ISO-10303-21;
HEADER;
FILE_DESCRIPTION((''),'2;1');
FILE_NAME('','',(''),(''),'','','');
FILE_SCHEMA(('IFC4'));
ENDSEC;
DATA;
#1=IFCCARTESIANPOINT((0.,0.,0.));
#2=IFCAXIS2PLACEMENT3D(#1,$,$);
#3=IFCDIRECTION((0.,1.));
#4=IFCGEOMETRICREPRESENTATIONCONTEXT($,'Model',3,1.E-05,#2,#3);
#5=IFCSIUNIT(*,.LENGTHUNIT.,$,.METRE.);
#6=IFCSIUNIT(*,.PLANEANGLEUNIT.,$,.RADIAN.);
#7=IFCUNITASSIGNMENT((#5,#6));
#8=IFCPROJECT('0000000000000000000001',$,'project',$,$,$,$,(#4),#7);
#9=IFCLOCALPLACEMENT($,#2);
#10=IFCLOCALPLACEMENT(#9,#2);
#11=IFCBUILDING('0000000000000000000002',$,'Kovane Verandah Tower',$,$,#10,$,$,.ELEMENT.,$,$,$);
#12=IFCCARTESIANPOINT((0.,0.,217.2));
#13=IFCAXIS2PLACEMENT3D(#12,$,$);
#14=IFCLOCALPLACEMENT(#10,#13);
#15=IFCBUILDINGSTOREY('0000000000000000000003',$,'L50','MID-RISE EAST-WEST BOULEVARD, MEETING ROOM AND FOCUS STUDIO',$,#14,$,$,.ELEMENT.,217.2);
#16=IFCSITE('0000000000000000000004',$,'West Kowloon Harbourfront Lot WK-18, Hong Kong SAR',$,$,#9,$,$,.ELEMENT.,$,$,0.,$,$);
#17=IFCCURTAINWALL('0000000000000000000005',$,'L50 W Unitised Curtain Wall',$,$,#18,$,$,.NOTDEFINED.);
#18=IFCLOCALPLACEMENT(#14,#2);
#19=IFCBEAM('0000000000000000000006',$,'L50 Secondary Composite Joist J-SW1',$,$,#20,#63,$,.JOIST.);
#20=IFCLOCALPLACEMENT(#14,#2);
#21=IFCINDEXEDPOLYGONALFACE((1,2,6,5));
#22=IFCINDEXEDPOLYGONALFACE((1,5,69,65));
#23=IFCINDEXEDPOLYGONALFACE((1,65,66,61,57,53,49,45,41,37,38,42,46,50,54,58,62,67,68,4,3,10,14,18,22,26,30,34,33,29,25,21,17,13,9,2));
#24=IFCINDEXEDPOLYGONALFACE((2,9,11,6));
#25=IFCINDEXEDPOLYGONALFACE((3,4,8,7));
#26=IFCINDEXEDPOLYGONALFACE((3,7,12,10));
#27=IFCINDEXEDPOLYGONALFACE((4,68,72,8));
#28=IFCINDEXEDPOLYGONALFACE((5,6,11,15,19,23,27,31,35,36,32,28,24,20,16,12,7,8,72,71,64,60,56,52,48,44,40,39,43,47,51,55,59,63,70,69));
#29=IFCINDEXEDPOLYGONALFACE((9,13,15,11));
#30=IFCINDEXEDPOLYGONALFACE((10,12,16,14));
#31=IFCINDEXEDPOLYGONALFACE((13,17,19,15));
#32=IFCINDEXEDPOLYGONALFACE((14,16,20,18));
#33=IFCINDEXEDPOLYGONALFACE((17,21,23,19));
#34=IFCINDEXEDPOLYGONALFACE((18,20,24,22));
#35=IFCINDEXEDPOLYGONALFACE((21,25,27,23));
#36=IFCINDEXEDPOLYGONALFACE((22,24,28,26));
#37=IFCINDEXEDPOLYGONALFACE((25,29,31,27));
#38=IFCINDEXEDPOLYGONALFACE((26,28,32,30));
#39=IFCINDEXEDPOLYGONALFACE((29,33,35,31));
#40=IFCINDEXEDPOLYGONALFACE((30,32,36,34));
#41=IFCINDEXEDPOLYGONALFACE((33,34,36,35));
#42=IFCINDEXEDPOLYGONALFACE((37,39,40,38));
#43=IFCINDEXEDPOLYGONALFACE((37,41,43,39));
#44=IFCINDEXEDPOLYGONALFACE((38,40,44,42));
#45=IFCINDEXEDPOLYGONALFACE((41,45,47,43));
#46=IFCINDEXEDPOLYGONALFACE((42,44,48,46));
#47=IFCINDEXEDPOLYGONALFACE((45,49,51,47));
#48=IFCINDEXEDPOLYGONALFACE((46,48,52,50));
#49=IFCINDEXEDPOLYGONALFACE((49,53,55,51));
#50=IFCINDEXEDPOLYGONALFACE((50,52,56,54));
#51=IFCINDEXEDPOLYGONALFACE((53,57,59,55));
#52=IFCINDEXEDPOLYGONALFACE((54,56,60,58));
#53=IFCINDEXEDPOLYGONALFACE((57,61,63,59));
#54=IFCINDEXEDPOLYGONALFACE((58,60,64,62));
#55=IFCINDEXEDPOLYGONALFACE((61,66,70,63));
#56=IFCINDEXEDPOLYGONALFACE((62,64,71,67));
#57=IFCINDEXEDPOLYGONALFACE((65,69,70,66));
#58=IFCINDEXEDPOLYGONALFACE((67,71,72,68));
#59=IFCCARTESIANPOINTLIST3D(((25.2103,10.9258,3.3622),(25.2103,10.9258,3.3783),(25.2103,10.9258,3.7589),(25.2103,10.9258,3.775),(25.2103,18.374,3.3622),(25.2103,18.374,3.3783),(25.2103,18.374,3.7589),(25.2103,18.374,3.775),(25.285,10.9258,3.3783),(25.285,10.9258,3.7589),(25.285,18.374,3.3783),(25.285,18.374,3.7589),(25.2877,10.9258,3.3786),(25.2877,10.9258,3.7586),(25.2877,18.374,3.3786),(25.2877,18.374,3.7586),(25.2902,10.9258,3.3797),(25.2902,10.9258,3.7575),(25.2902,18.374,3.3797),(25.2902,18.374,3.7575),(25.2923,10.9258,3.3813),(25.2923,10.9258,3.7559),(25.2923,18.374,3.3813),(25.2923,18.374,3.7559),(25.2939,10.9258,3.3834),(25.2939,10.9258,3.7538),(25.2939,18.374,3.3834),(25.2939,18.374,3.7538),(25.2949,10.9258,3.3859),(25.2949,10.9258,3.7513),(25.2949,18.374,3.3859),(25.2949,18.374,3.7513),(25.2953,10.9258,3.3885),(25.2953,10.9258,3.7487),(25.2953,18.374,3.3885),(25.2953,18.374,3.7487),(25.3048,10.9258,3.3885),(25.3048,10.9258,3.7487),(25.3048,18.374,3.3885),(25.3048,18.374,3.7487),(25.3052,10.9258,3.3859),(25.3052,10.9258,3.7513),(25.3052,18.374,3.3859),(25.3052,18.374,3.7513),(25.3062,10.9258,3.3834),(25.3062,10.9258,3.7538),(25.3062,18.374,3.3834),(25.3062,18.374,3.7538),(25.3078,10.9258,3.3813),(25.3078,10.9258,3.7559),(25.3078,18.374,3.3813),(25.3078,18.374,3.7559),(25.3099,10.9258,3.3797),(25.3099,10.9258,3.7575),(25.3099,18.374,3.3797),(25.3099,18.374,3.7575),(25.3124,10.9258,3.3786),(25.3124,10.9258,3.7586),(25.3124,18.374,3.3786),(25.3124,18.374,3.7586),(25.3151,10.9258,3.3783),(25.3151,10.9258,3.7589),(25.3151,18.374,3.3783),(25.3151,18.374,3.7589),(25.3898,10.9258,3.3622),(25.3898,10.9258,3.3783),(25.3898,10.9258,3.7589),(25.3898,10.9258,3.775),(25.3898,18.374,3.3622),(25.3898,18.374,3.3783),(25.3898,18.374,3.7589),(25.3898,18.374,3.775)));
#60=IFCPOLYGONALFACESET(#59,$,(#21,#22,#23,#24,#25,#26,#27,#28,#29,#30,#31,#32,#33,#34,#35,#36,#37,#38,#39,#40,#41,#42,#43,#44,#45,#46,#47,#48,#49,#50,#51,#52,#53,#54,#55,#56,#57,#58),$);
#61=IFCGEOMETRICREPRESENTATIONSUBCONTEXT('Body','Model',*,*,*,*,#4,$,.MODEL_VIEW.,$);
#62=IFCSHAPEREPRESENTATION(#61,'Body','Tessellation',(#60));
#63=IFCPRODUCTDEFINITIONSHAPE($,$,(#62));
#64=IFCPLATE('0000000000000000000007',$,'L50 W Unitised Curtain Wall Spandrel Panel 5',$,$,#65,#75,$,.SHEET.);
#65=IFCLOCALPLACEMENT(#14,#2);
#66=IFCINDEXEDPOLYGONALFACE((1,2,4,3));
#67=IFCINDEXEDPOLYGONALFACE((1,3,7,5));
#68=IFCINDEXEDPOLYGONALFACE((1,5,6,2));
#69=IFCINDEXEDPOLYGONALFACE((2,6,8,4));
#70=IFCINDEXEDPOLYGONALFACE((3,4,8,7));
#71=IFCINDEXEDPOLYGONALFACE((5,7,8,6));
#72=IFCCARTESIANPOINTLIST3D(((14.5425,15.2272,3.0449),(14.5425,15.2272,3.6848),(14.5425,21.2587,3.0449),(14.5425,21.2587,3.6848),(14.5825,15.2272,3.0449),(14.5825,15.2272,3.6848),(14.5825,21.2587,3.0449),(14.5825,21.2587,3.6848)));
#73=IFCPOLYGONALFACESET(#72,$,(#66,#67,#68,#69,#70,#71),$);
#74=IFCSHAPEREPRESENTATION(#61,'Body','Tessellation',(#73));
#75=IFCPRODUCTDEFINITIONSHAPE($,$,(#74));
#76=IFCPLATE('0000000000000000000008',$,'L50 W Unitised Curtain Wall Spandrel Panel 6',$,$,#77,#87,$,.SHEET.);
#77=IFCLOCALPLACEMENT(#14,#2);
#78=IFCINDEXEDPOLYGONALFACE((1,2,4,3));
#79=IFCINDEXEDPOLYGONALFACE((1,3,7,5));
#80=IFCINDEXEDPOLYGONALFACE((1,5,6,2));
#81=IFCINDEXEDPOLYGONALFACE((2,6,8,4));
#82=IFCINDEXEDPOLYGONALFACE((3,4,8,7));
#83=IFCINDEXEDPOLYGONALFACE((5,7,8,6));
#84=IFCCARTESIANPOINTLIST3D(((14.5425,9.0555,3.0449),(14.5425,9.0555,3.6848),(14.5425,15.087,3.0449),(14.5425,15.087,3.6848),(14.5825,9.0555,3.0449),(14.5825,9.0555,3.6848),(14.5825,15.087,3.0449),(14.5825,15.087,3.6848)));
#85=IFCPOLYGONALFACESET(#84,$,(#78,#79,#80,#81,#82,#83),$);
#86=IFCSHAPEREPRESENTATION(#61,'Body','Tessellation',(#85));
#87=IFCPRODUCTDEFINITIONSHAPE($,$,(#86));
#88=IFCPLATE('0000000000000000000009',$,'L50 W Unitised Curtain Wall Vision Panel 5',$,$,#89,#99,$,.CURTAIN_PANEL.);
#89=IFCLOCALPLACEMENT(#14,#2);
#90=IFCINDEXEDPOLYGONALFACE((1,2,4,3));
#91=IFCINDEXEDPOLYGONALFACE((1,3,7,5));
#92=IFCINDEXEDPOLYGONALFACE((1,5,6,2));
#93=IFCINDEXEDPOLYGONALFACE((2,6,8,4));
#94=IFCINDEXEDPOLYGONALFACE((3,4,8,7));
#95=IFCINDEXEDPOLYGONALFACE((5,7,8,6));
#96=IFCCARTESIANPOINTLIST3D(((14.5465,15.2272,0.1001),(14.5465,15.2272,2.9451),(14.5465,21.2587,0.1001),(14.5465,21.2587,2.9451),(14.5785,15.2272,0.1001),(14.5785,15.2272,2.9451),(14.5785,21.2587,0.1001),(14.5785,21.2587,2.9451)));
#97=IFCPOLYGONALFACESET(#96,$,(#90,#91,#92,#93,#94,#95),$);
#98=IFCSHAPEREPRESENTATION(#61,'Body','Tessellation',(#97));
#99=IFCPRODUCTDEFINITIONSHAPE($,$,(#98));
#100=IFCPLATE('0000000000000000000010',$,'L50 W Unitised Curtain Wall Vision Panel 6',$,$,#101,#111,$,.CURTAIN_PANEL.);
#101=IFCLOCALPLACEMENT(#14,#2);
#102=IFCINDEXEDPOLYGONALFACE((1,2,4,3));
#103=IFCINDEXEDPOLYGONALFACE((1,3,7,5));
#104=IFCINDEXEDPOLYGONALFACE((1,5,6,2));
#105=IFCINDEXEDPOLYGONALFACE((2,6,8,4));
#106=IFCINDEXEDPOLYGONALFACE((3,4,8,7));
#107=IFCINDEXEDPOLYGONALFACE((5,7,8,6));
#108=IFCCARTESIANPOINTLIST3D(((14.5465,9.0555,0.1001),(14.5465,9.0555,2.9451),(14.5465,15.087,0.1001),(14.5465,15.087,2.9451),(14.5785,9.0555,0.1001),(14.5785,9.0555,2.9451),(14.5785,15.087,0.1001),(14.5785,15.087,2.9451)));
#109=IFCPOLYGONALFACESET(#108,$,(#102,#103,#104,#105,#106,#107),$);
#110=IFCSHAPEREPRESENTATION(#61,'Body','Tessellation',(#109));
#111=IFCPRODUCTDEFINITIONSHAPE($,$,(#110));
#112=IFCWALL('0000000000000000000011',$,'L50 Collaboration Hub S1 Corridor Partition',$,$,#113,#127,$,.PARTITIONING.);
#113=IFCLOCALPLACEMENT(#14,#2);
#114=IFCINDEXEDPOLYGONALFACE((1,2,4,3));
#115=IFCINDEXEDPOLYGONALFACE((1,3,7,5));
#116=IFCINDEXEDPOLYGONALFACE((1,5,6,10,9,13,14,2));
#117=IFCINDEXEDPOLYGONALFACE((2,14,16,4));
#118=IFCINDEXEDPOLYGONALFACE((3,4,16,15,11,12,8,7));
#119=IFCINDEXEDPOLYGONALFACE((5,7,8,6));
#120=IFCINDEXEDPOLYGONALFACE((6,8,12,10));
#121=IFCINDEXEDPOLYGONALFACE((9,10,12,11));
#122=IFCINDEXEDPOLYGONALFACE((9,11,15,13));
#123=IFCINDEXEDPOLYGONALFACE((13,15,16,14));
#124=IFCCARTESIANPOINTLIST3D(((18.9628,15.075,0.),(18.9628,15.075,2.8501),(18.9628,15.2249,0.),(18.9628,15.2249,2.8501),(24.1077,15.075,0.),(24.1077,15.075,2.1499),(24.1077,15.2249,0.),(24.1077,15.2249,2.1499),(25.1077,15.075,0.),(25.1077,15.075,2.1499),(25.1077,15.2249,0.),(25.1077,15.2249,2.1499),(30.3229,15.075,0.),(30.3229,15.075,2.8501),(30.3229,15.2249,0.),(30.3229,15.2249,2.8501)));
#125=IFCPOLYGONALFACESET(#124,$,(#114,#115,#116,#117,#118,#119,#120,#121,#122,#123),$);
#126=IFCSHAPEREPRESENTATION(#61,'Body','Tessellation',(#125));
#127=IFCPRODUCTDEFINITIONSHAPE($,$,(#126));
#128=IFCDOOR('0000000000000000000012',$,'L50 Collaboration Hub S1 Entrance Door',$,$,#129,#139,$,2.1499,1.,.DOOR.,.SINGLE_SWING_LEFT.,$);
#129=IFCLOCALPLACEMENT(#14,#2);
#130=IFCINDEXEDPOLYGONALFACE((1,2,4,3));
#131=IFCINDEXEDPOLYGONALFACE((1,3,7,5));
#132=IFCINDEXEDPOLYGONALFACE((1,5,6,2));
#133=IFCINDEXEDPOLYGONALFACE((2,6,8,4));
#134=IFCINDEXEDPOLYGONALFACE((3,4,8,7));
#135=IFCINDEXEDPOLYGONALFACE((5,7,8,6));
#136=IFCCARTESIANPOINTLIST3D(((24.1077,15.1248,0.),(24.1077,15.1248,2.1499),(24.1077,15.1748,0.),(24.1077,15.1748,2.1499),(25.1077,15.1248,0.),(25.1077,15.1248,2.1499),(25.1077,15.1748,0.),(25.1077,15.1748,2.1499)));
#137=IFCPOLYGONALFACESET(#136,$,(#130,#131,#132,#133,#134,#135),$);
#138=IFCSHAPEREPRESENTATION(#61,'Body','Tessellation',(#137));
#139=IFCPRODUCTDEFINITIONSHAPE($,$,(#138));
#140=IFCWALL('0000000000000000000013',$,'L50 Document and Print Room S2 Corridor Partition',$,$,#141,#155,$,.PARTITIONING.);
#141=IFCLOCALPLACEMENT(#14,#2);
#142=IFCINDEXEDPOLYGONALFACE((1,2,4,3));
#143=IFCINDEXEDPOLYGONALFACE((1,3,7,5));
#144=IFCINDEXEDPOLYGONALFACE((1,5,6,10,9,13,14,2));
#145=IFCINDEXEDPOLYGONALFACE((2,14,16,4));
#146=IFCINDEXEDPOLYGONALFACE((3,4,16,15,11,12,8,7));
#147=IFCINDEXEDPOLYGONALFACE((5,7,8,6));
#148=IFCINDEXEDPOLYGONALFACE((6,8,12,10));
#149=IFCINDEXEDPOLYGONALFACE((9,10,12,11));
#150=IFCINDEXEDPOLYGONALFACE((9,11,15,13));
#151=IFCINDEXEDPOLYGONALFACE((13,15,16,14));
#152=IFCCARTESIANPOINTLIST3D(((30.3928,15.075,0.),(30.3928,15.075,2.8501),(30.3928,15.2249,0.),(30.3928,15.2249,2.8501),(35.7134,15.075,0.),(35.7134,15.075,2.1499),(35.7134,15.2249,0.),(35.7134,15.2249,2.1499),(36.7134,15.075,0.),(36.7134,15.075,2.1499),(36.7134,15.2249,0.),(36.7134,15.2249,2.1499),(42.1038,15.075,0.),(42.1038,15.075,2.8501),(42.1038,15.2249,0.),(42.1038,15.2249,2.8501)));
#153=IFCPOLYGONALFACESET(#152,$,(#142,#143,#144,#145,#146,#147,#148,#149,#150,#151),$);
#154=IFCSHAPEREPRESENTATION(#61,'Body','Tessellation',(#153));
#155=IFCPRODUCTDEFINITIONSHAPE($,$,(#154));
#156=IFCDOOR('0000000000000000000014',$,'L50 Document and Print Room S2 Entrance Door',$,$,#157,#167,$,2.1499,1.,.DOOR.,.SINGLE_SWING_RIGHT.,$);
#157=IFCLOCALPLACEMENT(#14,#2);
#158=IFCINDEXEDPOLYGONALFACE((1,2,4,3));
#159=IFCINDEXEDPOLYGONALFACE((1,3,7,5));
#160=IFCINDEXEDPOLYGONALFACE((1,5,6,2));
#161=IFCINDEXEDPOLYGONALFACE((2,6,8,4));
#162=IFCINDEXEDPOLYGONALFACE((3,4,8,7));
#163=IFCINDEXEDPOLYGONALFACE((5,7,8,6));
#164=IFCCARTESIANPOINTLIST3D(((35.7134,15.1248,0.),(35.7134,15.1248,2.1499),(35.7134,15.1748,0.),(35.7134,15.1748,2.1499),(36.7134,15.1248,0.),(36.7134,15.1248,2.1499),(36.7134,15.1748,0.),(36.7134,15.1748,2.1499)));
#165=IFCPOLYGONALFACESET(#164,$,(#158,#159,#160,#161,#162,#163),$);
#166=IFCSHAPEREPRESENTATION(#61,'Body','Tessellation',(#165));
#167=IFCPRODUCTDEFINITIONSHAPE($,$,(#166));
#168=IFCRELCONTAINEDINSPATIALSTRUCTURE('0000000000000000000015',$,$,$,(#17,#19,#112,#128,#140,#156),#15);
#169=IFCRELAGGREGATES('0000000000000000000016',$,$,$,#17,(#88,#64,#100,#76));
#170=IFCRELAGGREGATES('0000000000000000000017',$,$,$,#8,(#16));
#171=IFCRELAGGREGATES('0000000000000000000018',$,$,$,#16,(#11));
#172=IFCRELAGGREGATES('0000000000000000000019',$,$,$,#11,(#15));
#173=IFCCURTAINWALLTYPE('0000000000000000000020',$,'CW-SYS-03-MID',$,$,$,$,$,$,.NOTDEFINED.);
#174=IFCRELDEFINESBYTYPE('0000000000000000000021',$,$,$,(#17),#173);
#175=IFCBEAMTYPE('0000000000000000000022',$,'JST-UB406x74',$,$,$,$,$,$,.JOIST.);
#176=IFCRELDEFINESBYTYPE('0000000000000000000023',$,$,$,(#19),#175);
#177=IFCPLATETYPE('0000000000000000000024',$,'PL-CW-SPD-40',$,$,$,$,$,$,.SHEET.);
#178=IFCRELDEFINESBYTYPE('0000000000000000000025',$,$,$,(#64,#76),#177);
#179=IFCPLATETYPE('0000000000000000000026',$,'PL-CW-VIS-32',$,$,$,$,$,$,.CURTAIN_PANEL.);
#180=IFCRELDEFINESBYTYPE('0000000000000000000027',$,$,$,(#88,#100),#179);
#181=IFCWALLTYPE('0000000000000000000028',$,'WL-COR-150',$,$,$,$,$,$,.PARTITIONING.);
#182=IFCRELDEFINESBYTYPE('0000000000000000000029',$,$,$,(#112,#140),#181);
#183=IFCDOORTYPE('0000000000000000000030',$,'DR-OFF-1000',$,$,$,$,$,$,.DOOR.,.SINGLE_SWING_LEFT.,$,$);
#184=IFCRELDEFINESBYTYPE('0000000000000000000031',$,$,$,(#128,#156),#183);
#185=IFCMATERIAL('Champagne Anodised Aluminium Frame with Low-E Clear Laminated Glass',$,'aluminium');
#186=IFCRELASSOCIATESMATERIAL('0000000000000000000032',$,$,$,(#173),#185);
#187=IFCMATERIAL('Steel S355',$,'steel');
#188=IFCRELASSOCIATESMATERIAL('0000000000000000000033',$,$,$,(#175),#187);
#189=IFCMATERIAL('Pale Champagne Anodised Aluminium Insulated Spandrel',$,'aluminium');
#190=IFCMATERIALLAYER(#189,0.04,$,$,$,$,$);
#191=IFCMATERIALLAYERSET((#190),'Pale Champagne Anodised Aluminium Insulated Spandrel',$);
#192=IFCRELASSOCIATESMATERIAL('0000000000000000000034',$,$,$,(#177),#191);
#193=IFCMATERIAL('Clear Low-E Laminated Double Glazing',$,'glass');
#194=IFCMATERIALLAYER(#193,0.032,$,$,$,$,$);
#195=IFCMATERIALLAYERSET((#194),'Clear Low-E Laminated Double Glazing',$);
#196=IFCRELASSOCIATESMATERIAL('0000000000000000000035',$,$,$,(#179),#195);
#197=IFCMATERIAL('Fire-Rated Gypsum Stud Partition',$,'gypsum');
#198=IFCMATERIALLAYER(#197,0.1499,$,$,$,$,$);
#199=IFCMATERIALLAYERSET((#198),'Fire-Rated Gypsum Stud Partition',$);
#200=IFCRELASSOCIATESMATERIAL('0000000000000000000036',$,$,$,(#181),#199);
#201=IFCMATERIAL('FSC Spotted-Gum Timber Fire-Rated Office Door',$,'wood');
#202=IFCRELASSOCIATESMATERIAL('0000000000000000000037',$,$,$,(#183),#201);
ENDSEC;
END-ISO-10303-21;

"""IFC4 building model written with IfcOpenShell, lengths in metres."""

from ifc_helpers import new_model, si_unit, direction, frame, frame_2d, origin, origin_2d, place, context, subcontext, project, spatial, rectangle, i_section, extrude, material, layer, layer_set, material_profile, profile_set, type_object, element, fill, aggregate, save


model = new_model("IFC4")

# Units and contexts
model_context = context("Model", 3, precision=1e-05, world=origin(), true_north=direction((0.0, 1.0)))
body_context = subcontext(model_context, "Body", "Model", "MODEL_VIEW")
ifc_project = project(units=[si_unit("LENGTHUNIT", "METRE"), si_unit("PLANEANGLEUNIT", "RADIAN")], contexts=[model_context])

# Site, building, storey
site_placement = place(None, origin())
site = spatial("IfcSite", under=ifc_project, at=site_placement, Name="West Kowloon Harbourfront Lot WK-18, Hong Kong SAR", CompositionType="ELEMENT", RefElevation=0.0)
building_placement = place(site_placement, origin())
building = spatial("IfcBuilding", under=site, at=building_placement, Name="Kovane Verandah Tower", CompositionType="ELEMENT")
storey_placement = place(building_placement, frame((0.0, 0.0, 217.2)))
storey = spatial("IfcBuildingStorey", under=building, at=storey_placement, Name="L50", Description="MID-RISE EAST-WEST BOULEVARD, MEETING ROOM AND FOCUS STUDIO", CompositionType="ELEMENT", Elevation=217.2)

# Shared definitions
ifc_material_1 = material(Name="Steel S355", Category="steel")

# Curtain wall
ifc_material_2 = material(Name="Champagne Anodised Aluminium Frame with Low-E Clear Laminated Glass", Category="aluminium")
curtain_wall_type = type_object("IfcCurtainWallType", Name="CW-SYS-03-MID", PredefinedType="NOTDEFINED", material=ifc_material_2)
curtain_wall_placement = place(storey_placement, origin())
curtain_wall = element("IfcCurtainWall", 1, at=curtain_wall_placement, inside=storey, type_object=curtain_wall_type, Name="L50 W Unitised Curtain Wall", PredefinedType="NOTDEFINED")

# Beam
ifc_material_profile_1 = material_profile(ifc_material_1, i_section(OverallWidth=0.1794, OverallDepth=0.4128, WebThickness=0.0095, FlangeThickness=0.0161, FilletRadius=0.0103, at=origin_2d()), Name="UB406x178x74")
ifc_profile_set_1 = profile_set([ifc_material_profile_1], Name="Steel S355")
beam_type_1 = type_object("IfcBeamType", Name="JST-UB406x74", PredefinedType="JOIST", material=ifc_profile_set_1)
beam_1_placement = place(storey_placement, frame((25.3, 10.9258, 3.5686), z_axis=(0.0, 1.0, 0.0), x_axis=(-1.0, 0.0, 0.0)))
element("IfcBeam", 2, at=beam_1_placement, inside=storey, type_object=beam_type_1, Name="L50 Secondary Composite Joist J-SW1", PredefinedType="JOIST", context=body_context, shape_type="SweptSolid", body=[
    extrude(i_section(OverallWidth=0.1794, OverallDepth=0.4128, WebThickness=0.0095, FlangeThickness=0.0161, FilletRadius=0.0103, at=origin_2d()), origin(), (0.0, 0.0, 1.0), 7.4482),
])

# Plates
ifc_material_3 = material(Name="Pale Champagne Anodised Aluminium Insulated Spandrel", Category="aluminium")
ifc_layer_1 = layer(ifc_material_3, 0.04)
ifc_layer_set_1 = layer_set([ifc_layer_1], Name="Pale Champagne Anodised Aluminium Insulated Spandrel")
plate_type_1 = type_object("IfcPlateType", Name="PL-CW-SPD-40", PredefinedType="SHEET", material=ifc_layer_set_1)
plate_1_placement = place(storey_placement, frame((14.5625, 18.2429, 3.0449), z_axis=(0.0, 0.0, 1.0), x_axis=(0.0, -1.0, 0.0)))
plate_1 = element("IfcPlate", 3, at=plate_1_placement, type_object=plate_type_1, Name="L50 W Unitised Curtain Wall Spandrel Panel 5", PredefinedType="SHEET", context=body_context, shape_type="SweptSolid", body=[
    extrude(rectangle(XDim=6.0315, YDim=0.04, at=origin_2d()), origin(), (0.0, 0.0, 1.0), 0.6399),
])
plate_2_placement = place(storey_placement, frame((14.5625, 12.0713, 3.0449), z_axis=(0.0, 0.0, 1.0), x_axis=(0.0, -1.0, 0.0)))
plate_2 = element("IfcPlate", 4, at=plate_2_placement, type_object=plate_type_1, Name="L50 W Unitised Curtain Wall Spandrel Panel 6", PredefinedType="SHEET", context=body_context, shape_type="SweptSolid", body=[
    extrude(rectangle(XDim=6.0315, YDim=0.04, at=origin_2d()), origin(), (0.0, 0.0, 1.0), 0.6399),
])
ifc_material_4 = material(Name="Clear Low-E Laminated Double Glazing", Category="glass")
ifc_layer_2 = layer(ifc_material_4, 0.032)
ifc_layer_set_2 = layer_set([ifc_layer_2], Name="Clear Low-E Laminated Double Glazing")
plate_type_2 = type_object("IfcPlateType", Name="PL-CW-VIS-32", PredefinedType="CURTAIN_PANEL", material=ifc_layer_set_2)
plate_3_placement = place(storey_placement, frame((14.5625, 18.2429, 0.1001), z_axis=(0.0, 0.0, 1.0), x_axis=(0.0, -1.0, 0.0)))
plate_3 = element("IfcPlate", 5, at=plate_3_placement, type_object=plate_type_2, Name="L50 W Unitised Curtain Wall Vision Panel 5", PredefinedType="CURTAIN_PANEL", context=body_context, shape_type="SweptSolid", body=[
    extrude(rectangle(XDim=6.0315, YDim=0.032, at=origin_2d()), origin(), (0.0, 0.0, 1.0), 2.845),
])
plate_4_placement = place(storey_placement, frame((14.5625, 12.0713, 0.1001), z_axis=(0.0, 0.0, 1.0), x_axis=(0.0, -1.0, 0.0)))
plate_4 = element("IfcPlate", 6, at=plate_4_placement, type_object=plate_type_2, Name="L50 W Unitised Curtain Wall Vision Panel 6", PredefinedType="CURTAIN_PANEL", context=body_context, shape_type="SweptSolid", body=[
    extrude(rectangle(XDim=6.0315, YDim=0.032, at=origin_2d()), origin(), (0.0, 0.0, 1.0), 2.845),
])
aggregate(curtain_wall, [plate_3, plate_1, plate_4, plate_2])

# Walls, openings, doors
ifc_material_5 = material(Name="Fire-Rated Gypsum Stud Partition", Category="gypsum")
ifc_layer_3 = layer(ifc_material_5, 0.1499)
ifc_layer_set_3 = layer_set([ifc_layer_3], Name="Fire-Rated Gypsum Stud Partition")
wall_type_1 = type_object("IfcWallType", Name="WL-COR-150", PredefinedType="PARTITIONING", material=ifc_layer_set_3)
wall_1_placement = place(storey_placement, frame((18.9626, 15.1499, 0.0), z_axis=(0.0, 0.0, 1.0), x_axis=(1.0, 0.0, 0.0)))
wall_1 = element("IfcWall", 7, at=wall_1_placement, inside=storey, type_object=wall_type_1, Name="L50 Collaboration Hub S1 Corridor Partition", PredefinedType="PARTITIONING", context=body_context, shape_type="SweptSolid", body=[
    extrude(rectangle(XDim=11.3601, YDim=0.1499, at=frame_2d((5.6802, 0.0))), origin(), (0.0, 0.0, 1.0), 2.8501),
])
opening_1_placement = place(wall_1_placement, frame((5.145, 0.0, 0.0)))
opening_1 = element("IfcOpeningElement", 8, at=opening_1_placement, cuts=wall_1, PredefinedType="OPENING", context=body_context, shape_type="SweptSolid", body=[
    extrude(rectangle(XDim=1.0, YDim=2.1499, at=frame_2d((0.5, 1.075))), frame((0.0, 0.075, 0.0), z_axis=(0.0, -1.0, 0.0), x_axis=(1.0, 0.0, 0.0)), (0.0, 0.0, 1.0), 0.1499),
])
ifc_material_6 = material(Name="FSC Spotted-Gum Timber Fire-Rated Office Door", Category="wood")
door_type_1 = type_object("IfcDoorType", Name="DR-OFF-1000", OperationType="SINGLE_SWING_LEFT", PredefinedType="DOOR", material=ifc_material_6)
door_1_placement = place(opening_1_placement, origin())
door_1 = element("IfcDoor", 9, at=door_1_placement, inside=storey, type_object=door_type_1, Name="L50 Collaboration Hub S1 Entrance Door", OperationType="SINGLE_SWING_LEFT", OverallHeight=2.1499, OverallWidth=1.0, PredefinedType="DOOR", context=body_context, shape_type="SweptSolid", body=[
    extrude(rectangle(XDim=1.0, YDim=2.1499, at=frame_2d((0.5, 1.075))), frame((0.0, 0.0249, 0.0), z_axis=(0.0, -1.0, 0.0), x_axis=(1.0, 0.0, 0.0)), (0.0, 0.0, 1.0), 0.05),
])
fill(opening_1, door_1)
wall_2_placement = place(storey_placement, frame((30.3928, 15.1499, 0.0), z_axis=(0.0, 0.0, 1.0), x_axis=(1.0, 0.0, 0.0)))
wall_2 = element("IfcWall", 10, at=wall_2_placement, inside=storey, type_object=wall_type_1, Name="L50 Document and Print Room S2 Corridor Partition", PredefinedType="PARTITIONING", context=body_context, shape_type="SweptSolid", body=[
    extrude(rectangle(XDim=11.7109, YDim=0.1499, at=frame_2d((5.8555, 0.0))), origin(), (0.0, 0.0, 1.0), 2.8501),
])
opening_2_placement = place(wall_2_placement, frame((5.3206, 0.0, 0.0)))
opening_2 = element("IfcOpeningElement", 11, at=opening_2_placement, cuts=wall_2, PredefinedType="OPENING", context=body_context, shape_type="SweptSolid", body=[
    extrude(rectangle(XDim=1.0, YDim=2.1499, at=frame_2d((0.5, 1.075))), frame((0.0, 0.075, 0.0), z_axis=(0.0, -1.0, 0.0), x_axis=(1.0, 0.0, 0.0)), (0.0, 0.0, 1.0), 0.1499),
])
door_2_placement = place(opening_2_placement, origin())
door_2 = element("IfcDoor", 12, at=door_2_placement, inside=storey, type_object=door_type_1, Name="L50 Document and Print Room S2 Entrance Door", OperationType="SINGLE_SWING_RIGHT", OverallHeight=2.1499, OverallWidth=1.0, PredefinedType="DOOR", context=body_context, shape_type="SweptSolid", body=[
    extrude(rectangle(XDim=1.0, YDim=2.1499, at=frame_2d((0.5, 1.075))), frame((0.0, 0.0249, 0.0), z_axis=(0.0, -1.0, 0.0), x_axis=(1.0, 0.0, 0.0)), (0.0, 0.0, 1.0), 0.05),
])
fill(opening_2, door_2)

save(model, "model.ifc")
